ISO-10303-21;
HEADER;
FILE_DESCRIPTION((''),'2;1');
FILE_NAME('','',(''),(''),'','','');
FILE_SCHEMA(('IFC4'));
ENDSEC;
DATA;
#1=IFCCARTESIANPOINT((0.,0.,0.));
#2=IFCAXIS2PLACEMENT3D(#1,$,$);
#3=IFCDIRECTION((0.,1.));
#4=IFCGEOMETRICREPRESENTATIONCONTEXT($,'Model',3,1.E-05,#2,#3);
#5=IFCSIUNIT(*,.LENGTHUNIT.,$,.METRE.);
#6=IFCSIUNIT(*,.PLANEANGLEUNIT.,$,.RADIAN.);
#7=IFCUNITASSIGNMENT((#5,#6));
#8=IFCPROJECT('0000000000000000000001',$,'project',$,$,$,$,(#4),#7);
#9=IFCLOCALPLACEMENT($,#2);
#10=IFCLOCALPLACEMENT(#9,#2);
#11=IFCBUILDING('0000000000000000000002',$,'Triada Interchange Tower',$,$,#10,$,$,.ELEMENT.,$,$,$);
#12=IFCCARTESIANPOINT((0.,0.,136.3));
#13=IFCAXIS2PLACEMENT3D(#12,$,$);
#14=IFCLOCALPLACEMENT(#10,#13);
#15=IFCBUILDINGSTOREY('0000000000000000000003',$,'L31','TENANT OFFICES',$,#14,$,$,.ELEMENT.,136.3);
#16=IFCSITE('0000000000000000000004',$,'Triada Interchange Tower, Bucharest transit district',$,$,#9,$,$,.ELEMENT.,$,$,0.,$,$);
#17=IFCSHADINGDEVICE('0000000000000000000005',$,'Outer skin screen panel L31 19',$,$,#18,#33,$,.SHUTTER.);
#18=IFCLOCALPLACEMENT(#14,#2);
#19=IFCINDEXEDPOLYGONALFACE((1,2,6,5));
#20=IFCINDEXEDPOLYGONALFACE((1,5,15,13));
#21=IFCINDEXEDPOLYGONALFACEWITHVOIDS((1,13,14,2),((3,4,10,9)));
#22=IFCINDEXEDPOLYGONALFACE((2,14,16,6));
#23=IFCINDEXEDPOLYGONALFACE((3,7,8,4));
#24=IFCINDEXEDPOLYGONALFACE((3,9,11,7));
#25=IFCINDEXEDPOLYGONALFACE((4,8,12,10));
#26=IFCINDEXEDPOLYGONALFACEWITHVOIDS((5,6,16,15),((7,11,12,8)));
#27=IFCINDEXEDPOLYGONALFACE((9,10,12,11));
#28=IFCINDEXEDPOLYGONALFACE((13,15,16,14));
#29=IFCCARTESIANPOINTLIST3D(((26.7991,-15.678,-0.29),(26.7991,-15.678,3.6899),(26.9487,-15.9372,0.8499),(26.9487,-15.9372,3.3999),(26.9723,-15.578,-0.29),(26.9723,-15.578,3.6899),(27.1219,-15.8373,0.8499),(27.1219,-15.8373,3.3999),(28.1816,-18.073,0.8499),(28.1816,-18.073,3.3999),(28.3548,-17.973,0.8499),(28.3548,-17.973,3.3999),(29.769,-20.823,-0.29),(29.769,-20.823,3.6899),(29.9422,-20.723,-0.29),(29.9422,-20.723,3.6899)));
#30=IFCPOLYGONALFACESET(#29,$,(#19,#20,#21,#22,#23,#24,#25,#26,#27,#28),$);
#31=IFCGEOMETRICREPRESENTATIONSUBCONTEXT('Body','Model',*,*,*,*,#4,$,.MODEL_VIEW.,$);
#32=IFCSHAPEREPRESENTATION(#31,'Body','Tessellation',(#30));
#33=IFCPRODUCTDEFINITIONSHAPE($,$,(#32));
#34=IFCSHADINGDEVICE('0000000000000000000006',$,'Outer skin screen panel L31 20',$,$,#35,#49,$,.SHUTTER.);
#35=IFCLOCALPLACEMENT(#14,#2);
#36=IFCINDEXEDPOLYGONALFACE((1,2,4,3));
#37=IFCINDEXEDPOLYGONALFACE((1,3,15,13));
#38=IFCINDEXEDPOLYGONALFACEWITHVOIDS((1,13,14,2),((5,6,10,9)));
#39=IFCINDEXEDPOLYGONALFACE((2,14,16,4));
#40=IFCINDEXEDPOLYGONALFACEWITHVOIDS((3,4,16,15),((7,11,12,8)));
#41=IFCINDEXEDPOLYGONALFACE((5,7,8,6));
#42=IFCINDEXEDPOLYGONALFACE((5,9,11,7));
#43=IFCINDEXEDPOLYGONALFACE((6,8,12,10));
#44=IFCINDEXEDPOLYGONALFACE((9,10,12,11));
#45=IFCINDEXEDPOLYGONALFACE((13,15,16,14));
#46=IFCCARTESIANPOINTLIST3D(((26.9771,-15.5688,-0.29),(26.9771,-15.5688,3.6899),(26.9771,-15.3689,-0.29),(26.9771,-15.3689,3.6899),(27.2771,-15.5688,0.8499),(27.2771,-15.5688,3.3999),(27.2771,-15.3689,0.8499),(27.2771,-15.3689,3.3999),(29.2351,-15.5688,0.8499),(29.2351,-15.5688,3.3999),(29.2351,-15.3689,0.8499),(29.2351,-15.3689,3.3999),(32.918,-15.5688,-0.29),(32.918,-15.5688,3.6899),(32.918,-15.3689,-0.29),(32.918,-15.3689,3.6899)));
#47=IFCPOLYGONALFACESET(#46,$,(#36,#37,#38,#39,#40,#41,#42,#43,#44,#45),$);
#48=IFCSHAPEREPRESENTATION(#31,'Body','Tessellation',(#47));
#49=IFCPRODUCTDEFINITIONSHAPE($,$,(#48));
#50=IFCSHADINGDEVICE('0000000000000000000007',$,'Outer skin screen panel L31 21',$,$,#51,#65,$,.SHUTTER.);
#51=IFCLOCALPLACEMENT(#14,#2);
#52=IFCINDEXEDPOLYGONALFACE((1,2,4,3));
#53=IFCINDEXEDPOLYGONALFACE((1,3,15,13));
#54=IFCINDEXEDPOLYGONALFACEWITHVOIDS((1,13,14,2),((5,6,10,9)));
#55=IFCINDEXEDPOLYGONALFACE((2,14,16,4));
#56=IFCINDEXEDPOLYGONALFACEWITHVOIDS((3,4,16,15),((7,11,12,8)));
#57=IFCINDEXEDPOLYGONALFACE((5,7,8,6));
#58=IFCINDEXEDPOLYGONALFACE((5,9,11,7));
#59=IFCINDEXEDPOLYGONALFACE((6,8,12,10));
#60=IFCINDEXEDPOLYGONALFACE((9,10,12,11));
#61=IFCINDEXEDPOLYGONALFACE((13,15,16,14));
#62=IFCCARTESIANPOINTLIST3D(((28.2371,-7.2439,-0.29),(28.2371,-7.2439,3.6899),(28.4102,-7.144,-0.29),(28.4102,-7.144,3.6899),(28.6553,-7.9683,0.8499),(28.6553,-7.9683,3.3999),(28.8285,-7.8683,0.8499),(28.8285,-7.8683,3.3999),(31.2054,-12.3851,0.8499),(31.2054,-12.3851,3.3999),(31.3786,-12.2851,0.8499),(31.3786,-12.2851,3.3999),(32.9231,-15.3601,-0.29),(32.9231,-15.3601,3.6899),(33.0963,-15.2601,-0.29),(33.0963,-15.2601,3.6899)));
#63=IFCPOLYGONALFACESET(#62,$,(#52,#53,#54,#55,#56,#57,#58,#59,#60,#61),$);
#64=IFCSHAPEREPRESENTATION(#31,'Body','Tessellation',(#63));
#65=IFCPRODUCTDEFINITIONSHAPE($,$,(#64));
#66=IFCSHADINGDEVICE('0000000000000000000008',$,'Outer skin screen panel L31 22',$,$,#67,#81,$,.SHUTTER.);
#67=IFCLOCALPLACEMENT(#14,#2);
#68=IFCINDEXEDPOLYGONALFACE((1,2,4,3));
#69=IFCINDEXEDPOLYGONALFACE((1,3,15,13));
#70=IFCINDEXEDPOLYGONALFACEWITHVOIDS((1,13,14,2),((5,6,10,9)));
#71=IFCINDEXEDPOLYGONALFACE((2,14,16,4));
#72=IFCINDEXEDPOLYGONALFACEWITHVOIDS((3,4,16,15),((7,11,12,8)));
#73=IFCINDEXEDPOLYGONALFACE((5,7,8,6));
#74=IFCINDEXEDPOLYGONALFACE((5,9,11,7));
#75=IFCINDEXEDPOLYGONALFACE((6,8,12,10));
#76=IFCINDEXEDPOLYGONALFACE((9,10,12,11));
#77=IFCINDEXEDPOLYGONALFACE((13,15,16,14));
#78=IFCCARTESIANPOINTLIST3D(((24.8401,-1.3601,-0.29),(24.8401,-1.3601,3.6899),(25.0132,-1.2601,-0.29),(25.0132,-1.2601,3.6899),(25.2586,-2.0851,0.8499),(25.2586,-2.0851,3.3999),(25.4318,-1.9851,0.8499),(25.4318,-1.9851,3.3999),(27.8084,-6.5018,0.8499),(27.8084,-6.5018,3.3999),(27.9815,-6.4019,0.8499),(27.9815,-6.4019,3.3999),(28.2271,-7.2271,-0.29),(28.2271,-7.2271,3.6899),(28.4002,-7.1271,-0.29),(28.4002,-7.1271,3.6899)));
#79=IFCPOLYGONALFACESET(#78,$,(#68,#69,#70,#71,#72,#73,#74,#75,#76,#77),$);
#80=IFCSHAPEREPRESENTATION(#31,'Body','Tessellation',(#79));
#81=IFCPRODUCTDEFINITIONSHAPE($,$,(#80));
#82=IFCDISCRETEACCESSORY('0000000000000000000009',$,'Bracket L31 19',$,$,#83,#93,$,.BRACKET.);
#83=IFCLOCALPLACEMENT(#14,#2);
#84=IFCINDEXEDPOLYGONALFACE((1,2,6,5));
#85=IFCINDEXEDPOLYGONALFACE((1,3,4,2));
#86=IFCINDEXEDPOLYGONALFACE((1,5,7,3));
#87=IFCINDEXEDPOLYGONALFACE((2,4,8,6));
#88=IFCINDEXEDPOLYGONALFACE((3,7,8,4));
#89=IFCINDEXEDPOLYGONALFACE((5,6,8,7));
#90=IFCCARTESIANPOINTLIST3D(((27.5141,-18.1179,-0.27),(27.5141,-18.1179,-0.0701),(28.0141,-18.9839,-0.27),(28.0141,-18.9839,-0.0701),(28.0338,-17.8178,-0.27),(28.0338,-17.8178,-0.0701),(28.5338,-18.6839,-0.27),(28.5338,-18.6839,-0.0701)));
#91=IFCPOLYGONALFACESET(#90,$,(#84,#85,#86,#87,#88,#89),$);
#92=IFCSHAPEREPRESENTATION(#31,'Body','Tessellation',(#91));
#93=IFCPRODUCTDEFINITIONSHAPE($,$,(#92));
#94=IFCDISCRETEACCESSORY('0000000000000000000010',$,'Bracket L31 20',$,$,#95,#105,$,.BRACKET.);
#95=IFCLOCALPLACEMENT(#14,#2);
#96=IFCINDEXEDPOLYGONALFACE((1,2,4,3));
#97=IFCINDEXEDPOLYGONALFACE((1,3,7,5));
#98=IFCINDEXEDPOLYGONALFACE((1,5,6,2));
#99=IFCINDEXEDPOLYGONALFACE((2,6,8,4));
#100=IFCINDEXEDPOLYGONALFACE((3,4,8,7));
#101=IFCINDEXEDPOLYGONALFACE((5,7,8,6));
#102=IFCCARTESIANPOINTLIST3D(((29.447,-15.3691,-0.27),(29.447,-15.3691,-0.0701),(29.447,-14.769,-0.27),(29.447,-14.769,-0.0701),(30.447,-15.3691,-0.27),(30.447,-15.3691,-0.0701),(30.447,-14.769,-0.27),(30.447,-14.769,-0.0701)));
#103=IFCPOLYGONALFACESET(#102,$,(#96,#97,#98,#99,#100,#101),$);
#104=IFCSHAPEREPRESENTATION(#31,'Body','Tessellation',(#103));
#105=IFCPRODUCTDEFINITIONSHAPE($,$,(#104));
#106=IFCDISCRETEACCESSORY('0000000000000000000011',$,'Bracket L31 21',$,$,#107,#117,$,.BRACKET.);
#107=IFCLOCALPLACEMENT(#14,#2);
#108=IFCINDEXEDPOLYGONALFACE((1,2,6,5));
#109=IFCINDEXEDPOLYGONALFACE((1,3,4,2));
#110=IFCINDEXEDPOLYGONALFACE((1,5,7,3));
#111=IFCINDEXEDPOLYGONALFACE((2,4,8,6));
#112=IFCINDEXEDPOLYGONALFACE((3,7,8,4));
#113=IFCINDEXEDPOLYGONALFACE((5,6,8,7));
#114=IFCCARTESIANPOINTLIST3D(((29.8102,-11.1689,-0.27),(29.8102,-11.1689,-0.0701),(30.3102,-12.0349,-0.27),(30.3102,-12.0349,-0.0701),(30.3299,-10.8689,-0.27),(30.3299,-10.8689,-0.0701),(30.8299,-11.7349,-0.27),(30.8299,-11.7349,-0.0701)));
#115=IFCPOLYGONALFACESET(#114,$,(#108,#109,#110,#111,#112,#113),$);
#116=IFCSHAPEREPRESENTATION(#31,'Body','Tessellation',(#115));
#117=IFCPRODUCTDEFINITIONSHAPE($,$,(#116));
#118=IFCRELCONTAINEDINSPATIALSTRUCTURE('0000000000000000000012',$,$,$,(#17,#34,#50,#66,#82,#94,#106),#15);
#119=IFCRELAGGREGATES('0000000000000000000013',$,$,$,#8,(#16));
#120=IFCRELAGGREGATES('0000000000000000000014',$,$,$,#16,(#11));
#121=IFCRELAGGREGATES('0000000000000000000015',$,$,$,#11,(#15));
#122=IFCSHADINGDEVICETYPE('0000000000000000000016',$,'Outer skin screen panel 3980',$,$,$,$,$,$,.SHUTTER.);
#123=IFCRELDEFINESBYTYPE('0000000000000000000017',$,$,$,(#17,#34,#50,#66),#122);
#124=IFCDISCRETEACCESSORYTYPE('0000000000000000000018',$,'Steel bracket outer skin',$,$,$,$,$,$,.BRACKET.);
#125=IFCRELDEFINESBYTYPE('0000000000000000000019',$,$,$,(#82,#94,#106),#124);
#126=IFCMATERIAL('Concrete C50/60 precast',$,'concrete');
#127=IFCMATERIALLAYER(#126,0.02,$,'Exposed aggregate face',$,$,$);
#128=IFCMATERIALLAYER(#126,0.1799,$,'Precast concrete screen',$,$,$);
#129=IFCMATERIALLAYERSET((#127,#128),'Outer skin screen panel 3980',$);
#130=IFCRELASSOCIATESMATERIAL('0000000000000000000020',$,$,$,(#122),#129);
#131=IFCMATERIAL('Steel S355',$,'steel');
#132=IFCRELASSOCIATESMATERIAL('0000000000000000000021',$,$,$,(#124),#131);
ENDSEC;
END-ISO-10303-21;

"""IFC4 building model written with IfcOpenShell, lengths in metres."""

from ifc_helpers import new_model, si_unit, direction, frame, origin, origin_2d, place, context, subcontext, project, spatial, polyline, rectangle, outline, extrude, material, layer, layer_set, type_object, element, save


model = new_model("IFC4")

# Units and contexts
model_context = context("Model", 3, precision=1e-05, world=origin(), true_north=direction((0.0, 1.0)))
body_context = subcontext(model_context, "Body", "Model", "MODEL_VIEW")
ifc_project = project(units=[si_unit("LENGTHUNIT", "METRE"), si_unit("PLANEANGLEUNIT", "RADIAN")], contexts=[model_context])

# Site, building, storey
site_placement = place(None, origin())
site = spatial("IfcSite", under=ifc_project, at=site_placement, Name="Triada Interchange Tower, Bucharest transit district", CompositionType="ELEMENT", RefElevation=0.0)
building_placement = place(site_placement, origin())
building = spatial("IfcBuilding", under=site, at=building_placement, Name="Triada Interchange Tower", CompositionType="ELEMENT")
storey_placement = place(building_placement, frame((0.0, 0.0, 136.3)))
storey = spatial("IfcBuildingStorey", under=building, at=storey_placement, Name="L31", Description="TENANT OFFICES", CompositionType="ELEMENT", Elevation=136.3)

# Shading devices
ifc_material_1 = material(Name="Concrete C50/60 precast", Category="concrete")
ifc_layer_1 = layer(ifc_material_1, 0.02, Name="Exposed aggregate face")
ifc_layer_2 = layer(ifc_material_1, 0.1799, Name="Precast concrete screen")
ifc_layer_set_1 = layer_set([ifc_layer_1, ifc_layer_2], Name="Outer skin screen panel 3980")
shading_device_type = type_object("IfcShadingDeviceType", Name="Outer skin screen panel 3980", PredefinedType="SHUTTER", material=ifc_layer_set_1)
shading_device_1_placement = place(storey_placement, frame((29.769, -20.823, -0.29), z_axis=(0.0, 0.0, 1.0), x_axis=(-0.499936, 0.866062, 0.0)))
element("IfcShadingDevice", 1, at=shading_device_1_placement, inside=storey, type_object=shading_device_type, Name="Outer skin screen panel L31 19", PredefinedType="SHUTTER", context=body_context, shape_type="SweptSolid", body=[
    extrude(outline(polyline([(0.0, 0.0), (5.9407, 0.0), (5.9407, 3.98), (0.0, 3.98), (0.0, 0.0)]), holes=[polyline([(3.1753, 1.1399), (3.1753, 3.6899), (5.6414, 3.6899), (5.6414, 1.1399), (3.1753, 1.1399)])]), frame((0.0, 0.0, 0.0), z_axis=(0.0, -1.0, 0.0), x_axis=(1.0, 0.0, 0.0)), (0.0, 0.0, 1.0), 0.2),
])
shading_device_2_placement = place(storey_placement, frame((26.9771, -15.3689, -0.29), z_axis=(0.0, 0.0, 1.0), x_axis=(1.0, 0.0, 0.0)))
element("IfcShadingDevice", 2, at=shading_device_2_placement, inside=storey, type_object=shading_device_type, Name="Outer skin screen panel L31 20", PredefinedType="SHUTTER", context=body_context, shape_type="SweptSolid", body=[
    extrude(outline(polyline([(0.0, 0.0), (5.9409, 0.0), (5.9409, 3.98), (0.0, 3.98), (0.0, 0.0)]), holes=[polyline([(0.3, 1.1399), (0.3, 3.6899), (2.2581, 3.6899), (2.2581, 1.1399), (0.3, 1.1399)])]), frame((0.0, 0.0, 0.0), z_axis=(0.0, -1.0, 0.0), x_axis=(1.0, 0.0, 0.0)), (0.0, 0.0, 1.0), 0.2),
])
shading_device_3_placement = place(storey_placement, frame((32.9231, -15.3601, -0.29), z_axis=(0.0, 0.0, 1.0), x_axis=(-0.500011, 0.866019, 0.0)))
element("IfcShadingDevice", 3, at=shading_device_3_placement, inside=storey, type_object=shading_device_type, Name="Outer skin screen panel L31 21", PredefinedType="SHUTTER", context=body_context, shape_type="SweptSolid", body=[
    extrude(outline(polyline([(0.0, 0.0), (9.3718, 0.0), (9.3718, 3.98), (0.0, 3.98), (0.0, 0.0)]), holes=[polyline([(3.4353, 1.1399), (3.4353, 3.6899), (8.5354, 3.6899), (8.5354, 1.1399), (3.4353, 1.1399)])]), frame((0.0, 0.0, 0.0), z_axis=(0.0, -1.0, 0.0), x_axis=(1.0, 0.0, 0.0)), (0.0, 0.0, 1.0), 0.2),
])
shading_device_4_placement = place(storey_placement, frame((28.2271, -7.2271, -0.29), z_axis=(0.0, 0.0, 1.0), x_axis=(-0.499965, 0.866046, 0.0)))
element("IfcShadingDevice", 4, at=shading_device_4_placement, inside=storey, type_object=shading_device_type, Name="Outer skin screen panel L31 22", PredefinedType="SHUTTER", context=body_context, shape_type="SweptSolid", body=[
    extrude(outline(polyline([(0.0, 0.0), (6.7744, 0.0), (6.7744, 3.98), (0.0, 3.98), (0.0, 0.0)]), holes=[polyline([(0.8374, 1.1399), (0.8374, 3.6899), (5.9373, 3.6899), (5.9373, 1.1399), (0.8374, 1.1399)])]), frame((0.0, 0.0, 0.0), z_axis=(0.0, -1.0, 0.0), x_axis=(1.0, 0.0, 0.0)), (0.0, 0.0, 1.0), 0.2),
])

# Discrete accessories
ifc_material_2 = material(Name="Steel S355", Category="steel")
discrete_accessory_type = type_object("IfcDiscreteAccessoryType", Name="Steel bracket outer skin", PredefinedType="BRACKET", material=ifc_material_2)
for number, where, z_axis, x_axis, name in (
    (5, (28.0239, -18.4009, -0.27), (0.0, 0.0, 1.0), (0.86603, 0.499992, 0.0), "Bracket L31 19"),
    (6, (29.947, -15.0691, -0.27), (0.0, 0.0, 1.0), (0.0, -1.0, 0.0), "Bracket L31 20"),
    (7, (30.3201, -11.4519, -0.27), (0.0, 0.0, 1.0), (0.866023, 0.500004, 0.0), "Bracket L31 21"),
):
    element("IfcDiscreteAccessory", number, at=place(storey_placement, frame(where, z_axis=z_axis, x_axis=x_axis)), inside=storey, type_object=discrete_accessory_type, Name=name, PredefinedType="BRACKET", context=body_context, shape_type="SweptSolid", body=[
        extrude(rectangle(XDim=0.6001, YDim=1.0, at=origin_2d()), origin(), (0.0, 0.0, 1.0), 0.2),
    ])

save(model, "model.ifc")
